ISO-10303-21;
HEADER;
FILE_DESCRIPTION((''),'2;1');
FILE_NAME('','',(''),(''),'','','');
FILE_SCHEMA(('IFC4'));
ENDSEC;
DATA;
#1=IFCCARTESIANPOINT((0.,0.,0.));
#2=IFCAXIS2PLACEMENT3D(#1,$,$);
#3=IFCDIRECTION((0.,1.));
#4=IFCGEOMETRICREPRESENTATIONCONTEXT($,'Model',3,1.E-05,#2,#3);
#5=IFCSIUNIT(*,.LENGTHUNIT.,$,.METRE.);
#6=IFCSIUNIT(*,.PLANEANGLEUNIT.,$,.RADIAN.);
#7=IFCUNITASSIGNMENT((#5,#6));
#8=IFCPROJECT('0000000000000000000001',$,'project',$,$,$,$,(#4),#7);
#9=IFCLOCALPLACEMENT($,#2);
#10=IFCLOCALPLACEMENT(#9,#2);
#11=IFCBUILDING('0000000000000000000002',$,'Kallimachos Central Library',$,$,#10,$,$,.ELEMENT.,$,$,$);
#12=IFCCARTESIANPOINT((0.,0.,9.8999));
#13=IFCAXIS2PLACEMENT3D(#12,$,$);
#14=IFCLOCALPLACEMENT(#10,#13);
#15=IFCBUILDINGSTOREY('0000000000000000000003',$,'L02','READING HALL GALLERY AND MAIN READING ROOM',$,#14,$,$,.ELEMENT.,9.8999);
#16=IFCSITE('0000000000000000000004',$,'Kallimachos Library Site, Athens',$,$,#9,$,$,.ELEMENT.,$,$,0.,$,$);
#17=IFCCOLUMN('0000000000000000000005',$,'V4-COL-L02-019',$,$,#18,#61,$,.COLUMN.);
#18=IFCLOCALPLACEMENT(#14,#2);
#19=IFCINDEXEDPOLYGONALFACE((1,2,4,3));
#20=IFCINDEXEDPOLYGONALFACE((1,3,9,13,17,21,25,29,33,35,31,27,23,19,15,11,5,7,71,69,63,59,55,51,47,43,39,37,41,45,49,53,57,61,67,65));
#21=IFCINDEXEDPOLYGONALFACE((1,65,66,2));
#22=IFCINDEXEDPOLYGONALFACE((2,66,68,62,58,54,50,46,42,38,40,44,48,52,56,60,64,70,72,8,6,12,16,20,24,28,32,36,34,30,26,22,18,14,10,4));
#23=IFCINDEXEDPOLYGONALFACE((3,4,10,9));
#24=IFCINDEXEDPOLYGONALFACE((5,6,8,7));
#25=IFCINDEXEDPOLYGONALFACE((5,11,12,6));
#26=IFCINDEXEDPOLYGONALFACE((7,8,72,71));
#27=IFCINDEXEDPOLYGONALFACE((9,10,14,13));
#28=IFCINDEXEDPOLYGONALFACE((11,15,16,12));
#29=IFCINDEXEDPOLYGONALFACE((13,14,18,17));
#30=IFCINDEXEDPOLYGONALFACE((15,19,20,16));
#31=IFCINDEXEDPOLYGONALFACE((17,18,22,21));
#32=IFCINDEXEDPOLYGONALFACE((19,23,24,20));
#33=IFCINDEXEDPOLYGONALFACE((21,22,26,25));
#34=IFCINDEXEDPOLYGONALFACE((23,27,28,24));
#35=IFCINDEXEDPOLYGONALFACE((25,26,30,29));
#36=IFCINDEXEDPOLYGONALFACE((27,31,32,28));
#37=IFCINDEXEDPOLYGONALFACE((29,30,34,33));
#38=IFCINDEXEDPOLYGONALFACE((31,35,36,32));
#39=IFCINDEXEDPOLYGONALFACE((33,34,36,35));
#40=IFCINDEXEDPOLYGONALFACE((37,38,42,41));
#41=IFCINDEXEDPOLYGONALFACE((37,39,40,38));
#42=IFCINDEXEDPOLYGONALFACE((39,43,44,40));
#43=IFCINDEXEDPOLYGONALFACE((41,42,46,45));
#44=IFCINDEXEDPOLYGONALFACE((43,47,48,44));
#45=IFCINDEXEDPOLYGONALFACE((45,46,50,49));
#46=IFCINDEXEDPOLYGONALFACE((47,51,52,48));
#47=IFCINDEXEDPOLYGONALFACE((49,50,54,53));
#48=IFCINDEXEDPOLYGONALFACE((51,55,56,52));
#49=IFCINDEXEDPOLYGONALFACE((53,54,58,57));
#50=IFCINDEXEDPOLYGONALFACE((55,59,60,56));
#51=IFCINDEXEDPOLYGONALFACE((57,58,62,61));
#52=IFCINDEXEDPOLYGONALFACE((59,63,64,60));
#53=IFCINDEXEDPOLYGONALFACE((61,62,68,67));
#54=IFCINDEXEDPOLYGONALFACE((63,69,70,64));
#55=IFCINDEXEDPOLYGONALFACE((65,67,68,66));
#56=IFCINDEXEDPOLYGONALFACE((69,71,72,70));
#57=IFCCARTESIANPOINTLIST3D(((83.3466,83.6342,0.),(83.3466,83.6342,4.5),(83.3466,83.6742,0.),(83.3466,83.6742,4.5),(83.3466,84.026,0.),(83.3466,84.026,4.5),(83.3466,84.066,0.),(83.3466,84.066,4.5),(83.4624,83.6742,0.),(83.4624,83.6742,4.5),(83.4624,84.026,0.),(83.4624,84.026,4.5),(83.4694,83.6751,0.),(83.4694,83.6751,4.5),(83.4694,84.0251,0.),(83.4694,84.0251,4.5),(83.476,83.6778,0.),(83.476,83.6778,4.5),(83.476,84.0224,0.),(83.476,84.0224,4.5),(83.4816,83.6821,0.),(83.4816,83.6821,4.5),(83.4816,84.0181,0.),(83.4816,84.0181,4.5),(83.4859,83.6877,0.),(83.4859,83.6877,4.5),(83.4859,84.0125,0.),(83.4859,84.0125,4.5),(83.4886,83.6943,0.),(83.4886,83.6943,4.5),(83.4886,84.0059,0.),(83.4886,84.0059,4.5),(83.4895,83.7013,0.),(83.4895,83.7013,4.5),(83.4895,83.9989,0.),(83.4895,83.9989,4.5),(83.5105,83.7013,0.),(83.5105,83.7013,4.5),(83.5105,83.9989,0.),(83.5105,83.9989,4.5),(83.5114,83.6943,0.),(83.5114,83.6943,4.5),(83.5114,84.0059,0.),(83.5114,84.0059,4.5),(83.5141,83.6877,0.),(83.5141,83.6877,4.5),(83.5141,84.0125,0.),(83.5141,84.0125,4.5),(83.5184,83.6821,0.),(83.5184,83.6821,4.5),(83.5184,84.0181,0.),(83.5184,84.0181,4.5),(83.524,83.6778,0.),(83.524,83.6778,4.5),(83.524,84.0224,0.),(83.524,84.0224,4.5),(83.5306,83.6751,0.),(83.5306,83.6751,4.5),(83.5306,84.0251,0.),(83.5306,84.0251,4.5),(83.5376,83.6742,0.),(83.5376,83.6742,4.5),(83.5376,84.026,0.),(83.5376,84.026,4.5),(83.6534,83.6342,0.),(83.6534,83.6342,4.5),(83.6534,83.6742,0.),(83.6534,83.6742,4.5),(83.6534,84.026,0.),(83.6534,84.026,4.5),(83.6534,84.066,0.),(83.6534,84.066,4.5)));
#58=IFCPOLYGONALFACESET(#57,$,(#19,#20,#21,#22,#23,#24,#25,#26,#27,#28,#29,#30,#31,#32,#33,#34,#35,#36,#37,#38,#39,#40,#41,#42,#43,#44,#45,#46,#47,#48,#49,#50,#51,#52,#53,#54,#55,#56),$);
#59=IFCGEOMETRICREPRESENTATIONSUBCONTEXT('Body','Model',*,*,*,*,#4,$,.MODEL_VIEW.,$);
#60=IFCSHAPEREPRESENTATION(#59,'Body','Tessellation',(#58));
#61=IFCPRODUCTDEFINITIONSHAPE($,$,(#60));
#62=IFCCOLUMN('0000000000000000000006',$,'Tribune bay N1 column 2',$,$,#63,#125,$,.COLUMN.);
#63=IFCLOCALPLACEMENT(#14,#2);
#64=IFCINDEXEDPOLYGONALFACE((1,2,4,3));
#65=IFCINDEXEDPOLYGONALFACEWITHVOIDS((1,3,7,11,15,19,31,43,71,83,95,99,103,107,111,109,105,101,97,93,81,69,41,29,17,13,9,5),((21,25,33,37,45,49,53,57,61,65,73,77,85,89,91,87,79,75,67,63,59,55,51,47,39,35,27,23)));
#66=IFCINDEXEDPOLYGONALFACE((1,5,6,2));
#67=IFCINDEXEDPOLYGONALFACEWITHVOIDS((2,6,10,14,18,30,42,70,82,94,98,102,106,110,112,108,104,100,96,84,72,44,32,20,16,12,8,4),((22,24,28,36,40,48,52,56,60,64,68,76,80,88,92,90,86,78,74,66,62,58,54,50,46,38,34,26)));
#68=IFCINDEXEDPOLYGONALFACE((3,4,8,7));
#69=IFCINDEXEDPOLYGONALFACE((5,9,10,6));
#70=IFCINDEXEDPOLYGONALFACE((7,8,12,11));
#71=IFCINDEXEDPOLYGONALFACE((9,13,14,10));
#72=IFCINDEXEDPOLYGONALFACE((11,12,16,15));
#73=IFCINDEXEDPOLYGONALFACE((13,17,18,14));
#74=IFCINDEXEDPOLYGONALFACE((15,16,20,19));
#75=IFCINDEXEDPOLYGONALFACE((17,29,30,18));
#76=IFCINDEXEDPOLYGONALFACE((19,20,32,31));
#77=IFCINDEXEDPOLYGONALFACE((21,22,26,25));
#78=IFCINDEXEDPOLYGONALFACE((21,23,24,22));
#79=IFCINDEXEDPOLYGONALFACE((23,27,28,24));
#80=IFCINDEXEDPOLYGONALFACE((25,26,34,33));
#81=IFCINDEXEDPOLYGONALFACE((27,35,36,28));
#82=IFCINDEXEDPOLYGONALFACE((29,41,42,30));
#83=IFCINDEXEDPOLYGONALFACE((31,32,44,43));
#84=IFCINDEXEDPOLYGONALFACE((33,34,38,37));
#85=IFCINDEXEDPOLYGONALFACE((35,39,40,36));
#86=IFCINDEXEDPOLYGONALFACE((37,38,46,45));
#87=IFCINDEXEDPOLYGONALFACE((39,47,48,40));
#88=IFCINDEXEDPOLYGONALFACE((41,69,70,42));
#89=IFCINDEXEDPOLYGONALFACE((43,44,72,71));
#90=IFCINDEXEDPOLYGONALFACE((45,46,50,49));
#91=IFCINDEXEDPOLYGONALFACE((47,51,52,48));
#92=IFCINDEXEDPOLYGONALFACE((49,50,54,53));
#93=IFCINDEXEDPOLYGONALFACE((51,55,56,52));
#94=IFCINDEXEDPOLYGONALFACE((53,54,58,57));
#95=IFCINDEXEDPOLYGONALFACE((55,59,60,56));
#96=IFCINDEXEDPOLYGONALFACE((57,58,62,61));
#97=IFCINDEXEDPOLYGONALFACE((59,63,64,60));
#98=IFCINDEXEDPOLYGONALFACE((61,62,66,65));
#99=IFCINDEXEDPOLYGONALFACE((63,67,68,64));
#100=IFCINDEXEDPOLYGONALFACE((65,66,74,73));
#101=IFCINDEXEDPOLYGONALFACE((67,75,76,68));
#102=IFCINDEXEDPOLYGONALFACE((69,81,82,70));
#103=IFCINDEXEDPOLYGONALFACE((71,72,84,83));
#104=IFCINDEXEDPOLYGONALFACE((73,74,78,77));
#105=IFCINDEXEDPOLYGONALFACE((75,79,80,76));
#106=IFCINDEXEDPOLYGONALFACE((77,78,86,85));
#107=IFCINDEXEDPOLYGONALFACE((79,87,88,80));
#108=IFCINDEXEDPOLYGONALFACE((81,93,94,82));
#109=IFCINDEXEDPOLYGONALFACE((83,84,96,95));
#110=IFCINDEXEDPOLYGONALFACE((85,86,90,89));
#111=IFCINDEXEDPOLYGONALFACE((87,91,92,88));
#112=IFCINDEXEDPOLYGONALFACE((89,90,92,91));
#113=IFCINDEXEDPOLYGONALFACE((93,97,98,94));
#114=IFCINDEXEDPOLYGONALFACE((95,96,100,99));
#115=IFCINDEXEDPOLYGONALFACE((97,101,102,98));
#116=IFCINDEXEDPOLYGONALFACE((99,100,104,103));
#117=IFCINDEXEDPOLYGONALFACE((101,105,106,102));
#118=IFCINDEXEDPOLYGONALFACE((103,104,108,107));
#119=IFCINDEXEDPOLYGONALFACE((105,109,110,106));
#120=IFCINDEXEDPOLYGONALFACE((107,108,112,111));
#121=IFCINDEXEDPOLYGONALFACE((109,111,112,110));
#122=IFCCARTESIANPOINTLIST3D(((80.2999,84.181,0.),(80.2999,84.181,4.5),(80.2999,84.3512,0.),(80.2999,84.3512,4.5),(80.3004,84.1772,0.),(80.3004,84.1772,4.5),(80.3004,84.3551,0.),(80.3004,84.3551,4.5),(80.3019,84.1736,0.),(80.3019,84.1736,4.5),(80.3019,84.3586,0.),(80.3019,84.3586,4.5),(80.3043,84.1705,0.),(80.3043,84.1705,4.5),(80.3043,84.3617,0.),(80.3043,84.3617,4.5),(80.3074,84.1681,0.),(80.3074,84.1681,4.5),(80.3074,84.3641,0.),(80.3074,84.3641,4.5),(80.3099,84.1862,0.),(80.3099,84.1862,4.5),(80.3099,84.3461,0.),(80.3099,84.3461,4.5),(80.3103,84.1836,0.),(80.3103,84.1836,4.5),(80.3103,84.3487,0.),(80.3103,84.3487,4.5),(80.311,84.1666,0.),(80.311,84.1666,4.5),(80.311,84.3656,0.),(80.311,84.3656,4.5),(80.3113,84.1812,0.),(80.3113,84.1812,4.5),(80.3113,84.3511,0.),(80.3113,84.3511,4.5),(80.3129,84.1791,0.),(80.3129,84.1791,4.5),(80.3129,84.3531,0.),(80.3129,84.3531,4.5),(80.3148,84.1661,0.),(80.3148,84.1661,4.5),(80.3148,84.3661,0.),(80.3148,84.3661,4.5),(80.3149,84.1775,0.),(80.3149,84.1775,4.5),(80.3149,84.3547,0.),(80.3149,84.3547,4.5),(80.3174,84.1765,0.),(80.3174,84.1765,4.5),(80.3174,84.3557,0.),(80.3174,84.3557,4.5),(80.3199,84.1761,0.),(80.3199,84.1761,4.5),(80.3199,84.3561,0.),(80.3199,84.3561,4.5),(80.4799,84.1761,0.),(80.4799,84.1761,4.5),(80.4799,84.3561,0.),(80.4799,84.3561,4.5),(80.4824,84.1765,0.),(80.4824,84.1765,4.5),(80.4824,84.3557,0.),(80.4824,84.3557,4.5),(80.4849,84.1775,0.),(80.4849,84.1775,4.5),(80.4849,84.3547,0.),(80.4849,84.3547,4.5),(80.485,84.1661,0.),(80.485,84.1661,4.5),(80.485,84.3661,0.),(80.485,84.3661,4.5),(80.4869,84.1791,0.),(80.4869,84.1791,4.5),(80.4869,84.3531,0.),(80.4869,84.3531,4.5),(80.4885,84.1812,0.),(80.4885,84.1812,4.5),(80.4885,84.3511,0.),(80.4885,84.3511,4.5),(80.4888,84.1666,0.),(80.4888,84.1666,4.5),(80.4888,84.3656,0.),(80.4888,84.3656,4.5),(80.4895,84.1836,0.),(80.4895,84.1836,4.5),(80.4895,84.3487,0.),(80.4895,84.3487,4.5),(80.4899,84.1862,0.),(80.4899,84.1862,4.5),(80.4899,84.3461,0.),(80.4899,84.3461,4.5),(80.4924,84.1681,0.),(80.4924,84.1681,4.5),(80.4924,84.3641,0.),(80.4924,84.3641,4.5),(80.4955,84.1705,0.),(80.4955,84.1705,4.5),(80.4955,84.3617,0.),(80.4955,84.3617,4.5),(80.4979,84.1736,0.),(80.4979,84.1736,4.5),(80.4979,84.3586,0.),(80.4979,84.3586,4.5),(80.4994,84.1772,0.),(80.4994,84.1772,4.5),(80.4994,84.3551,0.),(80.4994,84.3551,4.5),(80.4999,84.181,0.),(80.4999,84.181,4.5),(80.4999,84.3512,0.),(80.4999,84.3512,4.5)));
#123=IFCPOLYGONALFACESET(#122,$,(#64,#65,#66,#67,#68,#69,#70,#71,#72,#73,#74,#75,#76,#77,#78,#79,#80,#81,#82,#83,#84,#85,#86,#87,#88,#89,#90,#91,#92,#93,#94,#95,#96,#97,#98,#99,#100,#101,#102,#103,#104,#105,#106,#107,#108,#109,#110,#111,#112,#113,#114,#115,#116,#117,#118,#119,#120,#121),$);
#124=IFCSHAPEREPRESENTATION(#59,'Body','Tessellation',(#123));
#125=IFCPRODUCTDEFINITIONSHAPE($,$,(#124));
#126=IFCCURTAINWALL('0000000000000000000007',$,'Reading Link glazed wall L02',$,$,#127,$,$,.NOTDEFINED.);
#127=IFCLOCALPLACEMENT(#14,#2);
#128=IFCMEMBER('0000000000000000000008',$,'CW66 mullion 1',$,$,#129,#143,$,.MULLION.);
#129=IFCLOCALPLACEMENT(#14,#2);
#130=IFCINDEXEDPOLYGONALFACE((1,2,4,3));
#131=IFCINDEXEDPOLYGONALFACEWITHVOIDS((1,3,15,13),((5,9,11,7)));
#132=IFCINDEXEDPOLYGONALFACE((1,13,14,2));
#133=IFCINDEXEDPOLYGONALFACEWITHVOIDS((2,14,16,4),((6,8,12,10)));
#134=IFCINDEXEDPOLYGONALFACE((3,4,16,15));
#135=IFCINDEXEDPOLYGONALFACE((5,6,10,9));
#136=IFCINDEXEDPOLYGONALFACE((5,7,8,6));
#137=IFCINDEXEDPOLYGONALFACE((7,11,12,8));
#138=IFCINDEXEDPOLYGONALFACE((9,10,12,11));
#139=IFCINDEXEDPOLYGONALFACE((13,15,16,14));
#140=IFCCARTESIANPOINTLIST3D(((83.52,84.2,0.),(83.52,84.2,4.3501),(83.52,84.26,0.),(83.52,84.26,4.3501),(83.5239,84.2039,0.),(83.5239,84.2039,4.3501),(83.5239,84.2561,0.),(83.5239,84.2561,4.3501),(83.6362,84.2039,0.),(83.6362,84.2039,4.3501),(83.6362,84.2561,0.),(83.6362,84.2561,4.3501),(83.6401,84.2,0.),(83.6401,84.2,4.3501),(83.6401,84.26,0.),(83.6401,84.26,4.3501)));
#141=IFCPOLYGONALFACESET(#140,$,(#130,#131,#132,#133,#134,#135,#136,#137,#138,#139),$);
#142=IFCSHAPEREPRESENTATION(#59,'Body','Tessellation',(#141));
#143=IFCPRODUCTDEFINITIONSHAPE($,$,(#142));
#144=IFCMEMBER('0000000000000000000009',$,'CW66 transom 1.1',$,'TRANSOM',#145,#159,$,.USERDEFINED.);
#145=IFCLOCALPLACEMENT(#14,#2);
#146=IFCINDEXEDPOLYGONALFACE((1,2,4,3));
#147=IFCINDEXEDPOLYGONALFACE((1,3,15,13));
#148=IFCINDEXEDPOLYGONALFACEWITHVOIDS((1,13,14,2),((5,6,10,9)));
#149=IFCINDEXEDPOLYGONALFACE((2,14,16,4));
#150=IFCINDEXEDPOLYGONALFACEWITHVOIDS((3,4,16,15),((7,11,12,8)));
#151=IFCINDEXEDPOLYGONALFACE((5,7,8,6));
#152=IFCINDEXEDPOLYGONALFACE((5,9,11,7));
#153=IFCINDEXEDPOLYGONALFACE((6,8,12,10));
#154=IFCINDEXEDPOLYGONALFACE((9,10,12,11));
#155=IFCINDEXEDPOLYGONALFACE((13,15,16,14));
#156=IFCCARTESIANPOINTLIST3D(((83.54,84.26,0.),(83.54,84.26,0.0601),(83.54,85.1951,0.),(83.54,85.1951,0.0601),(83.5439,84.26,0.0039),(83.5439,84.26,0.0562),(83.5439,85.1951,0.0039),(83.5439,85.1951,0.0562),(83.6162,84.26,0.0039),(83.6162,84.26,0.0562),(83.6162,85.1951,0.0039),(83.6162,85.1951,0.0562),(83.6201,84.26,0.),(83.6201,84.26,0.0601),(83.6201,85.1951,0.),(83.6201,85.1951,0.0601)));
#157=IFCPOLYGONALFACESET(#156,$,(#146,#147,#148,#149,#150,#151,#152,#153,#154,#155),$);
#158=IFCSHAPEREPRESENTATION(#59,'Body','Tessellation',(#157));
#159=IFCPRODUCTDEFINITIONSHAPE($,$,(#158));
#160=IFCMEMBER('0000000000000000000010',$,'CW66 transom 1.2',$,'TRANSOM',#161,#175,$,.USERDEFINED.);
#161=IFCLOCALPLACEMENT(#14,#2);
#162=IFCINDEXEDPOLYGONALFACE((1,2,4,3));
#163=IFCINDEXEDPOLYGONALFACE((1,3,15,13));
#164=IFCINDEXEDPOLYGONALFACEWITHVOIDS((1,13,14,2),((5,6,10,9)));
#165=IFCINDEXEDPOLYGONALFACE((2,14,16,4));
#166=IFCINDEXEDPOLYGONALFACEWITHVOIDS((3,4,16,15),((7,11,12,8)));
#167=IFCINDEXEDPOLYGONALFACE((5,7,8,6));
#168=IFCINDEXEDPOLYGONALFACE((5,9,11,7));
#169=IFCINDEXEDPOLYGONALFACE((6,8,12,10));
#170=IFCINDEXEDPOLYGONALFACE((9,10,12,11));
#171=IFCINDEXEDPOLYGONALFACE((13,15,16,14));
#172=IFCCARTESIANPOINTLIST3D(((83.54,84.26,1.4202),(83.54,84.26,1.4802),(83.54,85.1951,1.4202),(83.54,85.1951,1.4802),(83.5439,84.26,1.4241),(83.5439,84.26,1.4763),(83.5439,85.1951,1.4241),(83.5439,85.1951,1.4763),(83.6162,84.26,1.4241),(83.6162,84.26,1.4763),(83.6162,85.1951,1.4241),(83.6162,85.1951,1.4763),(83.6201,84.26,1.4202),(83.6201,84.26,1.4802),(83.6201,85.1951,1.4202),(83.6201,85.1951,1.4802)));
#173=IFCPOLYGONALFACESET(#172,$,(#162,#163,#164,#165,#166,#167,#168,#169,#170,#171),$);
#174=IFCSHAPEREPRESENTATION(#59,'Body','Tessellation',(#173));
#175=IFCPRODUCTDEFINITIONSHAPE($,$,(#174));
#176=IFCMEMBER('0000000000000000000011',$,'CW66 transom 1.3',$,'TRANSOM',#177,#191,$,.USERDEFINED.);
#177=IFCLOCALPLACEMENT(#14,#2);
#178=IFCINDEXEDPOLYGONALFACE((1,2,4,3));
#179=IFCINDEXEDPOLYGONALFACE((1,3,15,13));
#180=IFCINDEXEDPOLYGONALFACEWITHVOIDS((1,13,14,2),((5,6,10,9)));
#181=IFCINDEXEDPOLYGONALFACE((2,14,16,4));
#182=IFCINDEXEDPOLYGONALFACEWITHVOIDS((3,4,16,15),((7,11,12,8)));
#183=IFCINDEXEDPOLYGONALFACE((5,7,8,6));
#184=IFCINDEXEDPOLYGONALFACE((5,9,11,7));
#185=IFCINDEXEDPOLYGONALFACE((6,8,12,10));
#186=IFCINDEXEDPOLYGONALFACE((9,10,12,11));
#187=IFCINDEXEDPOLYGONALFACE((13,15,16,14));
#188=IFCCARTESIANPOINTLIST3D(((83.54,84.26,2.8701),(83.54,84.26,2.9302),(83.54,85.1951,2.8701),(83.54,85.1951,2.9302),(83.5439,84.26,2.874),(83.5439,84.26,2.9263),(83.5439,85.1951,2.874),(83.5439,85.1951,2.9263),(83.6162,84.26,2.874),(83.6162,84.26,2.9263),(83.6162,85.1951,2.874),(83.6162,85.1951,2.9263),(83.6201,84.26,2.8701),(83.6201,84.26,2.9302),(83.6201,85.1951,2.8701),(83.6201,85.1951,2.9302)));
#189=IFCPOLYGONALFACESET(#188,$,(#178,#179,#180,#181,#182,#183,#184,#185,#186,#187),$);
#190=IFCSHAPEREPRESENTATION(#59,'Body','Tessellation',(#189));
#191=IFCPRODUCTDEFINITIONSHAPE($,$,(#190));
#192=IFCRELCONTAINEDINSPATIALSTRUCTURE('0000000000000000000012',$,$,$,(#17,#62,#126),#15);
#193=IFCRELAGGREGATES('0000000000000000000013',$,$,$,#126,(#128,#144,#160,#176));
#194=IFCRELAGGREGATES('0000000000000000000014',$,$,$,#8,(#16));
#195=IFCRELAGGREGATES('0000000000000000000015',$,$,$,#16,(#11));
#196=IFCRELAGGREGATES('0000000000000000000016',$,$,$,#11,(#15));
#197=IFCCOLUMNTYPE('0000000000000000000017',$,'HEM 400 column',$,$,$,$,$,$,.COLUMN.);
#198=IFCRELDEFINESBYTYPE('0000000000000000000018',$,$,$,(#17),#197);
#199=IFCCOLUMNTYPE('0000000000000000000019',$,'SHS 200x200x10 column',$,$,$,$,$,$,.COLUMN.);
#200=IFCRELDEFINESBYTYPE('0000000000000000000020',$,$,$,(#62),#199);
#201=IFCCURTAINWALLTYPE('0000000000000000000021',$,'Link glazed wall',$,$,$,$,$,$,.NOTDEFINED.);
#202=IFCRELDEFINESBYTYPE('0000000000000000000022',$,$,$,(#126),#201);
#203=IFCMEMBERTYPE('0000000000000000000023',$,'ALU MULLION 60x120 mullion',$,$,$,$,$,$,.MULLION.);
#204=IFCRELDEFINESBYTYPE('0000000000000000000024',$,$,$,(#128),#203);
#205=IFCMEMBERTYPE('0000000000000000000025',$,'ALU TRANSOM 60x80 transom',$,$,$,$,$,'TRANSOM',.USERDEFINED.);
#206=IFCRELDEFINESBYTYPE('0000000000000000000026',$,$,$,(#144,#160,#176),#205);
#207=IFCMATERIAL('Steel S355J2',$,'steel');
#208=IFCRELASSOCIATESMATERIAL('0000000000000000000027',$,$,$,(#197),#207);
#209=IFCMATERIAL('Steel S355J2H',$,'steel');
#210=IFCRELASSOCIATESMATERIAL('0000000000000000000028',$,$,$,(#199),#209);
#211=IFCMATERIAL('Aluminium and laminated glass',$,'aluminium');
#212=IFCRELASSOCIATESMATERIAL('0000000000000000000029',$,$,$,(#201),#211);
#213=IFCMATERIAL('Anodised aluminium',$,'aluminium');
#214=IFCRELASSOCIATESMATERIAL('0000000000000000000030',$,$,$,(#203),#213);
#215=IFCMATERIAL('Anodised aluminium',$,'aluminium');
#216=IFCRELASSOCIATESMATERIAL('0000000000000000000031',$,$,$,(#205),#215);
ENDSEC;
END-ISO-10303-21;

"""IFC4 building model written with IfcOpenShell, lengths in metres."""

from ifc_helpers import new_model, si_unit, direction, frame, origin, origin_2d, place, context, subcontext, project, spatial, hollow_rectangle, i_section, extrude, material, material_profile, profile_set, type_object, element, aggregate, save


model = new_model("IFC4")

# Units and contexts
model_context = context("Model", 3, precision=1e-05, world=origin(), true_north=direction((0.0, 1.0)))
body_context = subcontext(model_context, "Body", "Model", "MODEL_VIEW")
ifc_project = project(units=[si_unit("LENGTHUNIT", "METRE"), si_unit("PLANEANGLEUNIT", "RADIAN")], contexts=[model_context])

# Site, building, storey
site_placement = place(None, origin())
site = spatial("IfcSite", under=ifc_project, at=site_placement, Name="Kallimachos Library Site, Athens", CompositionType="ELEMENT", RefElevation=0.0)
building_placement = place(site_placement, origin())
building = spatial("IfcBuilding", under=site, at=building_placement, Name="Kallimachos Central Library", CompositionType="ELEMENT")
storey_placement = place(building_placement, frame((0.0, 0.0, 9.8999)))
storey = spatial("IfcBuildingStorey", under=building, at=storey_placement, Name="L02", Description="READING HALL GALLERY AND MAIN READING ROOM", CompositionType="ELEMENT", Elevation=9.8999)

# Columns
ifc_material_1 = material(Name="Steel S355J2", Category="steel")
ifc_material_profile_1 = material_profile(ifc_material_1, i_section(OverallWidth=0.3069, OverallDepth=0.4319, WebThickness=0.021, FlangeThickness=0.04, FilletRadius=0.0271, at=origin_2d()), Name="HEM 400")
ifc_profile_set_1 = profile_set([ifc_material_profile_1], Name="Steel S355J2")
column_type_1 = type_object("IfcColumnType", Name="HEM 400 column", PredefinedType="COLUMN", material=ifc_profile_set_1)
column_1_placement = place(storey_placement, frame((83.5, 83.8501, 0.0), z_axis=(0.0, 0.0, 1.0), x_axis=(1.0, 0.0, 0.0)))
element("IfcColumn", 1, at=column_1_placement, inside=storey, type_object=column_type_1, Name="V4-COL-L02-019", PredefinedType="COLUMN", context=body_context, shape_type="SweptSolid", body=[
    extrude(i_section(OverallWidth=0.3069, OverallDepth=0.4319, WebThickness=0.021, FlangeThickness=0.04, FilletRadius=0.0271, at=origin_2d()), origin(), (0.0, 0.0, 1.0), 4.5),
])
ifc_material_2 = material(Name="Steel S355J2H", Category="steel")
ifc_material_profile_2 = material_profile(ifc_material_2, hollow_rectangle(XDim=0.2, YDim=0.2, WallThickness=0.01, InnerFilletRadius=0.01, OuterFilletRadius=0.0149, at=origin_2d()), Name="SHS 200x200x10")
ifc_profile_set_2 = profile_set([ifc_material_profile_2], Name="Steel S355J2H")
column_type_2 = type_object("IfcColumnType", Name="SHS 200x200x10 column", PredefinedType="COLUMN", material=ifc_profile_set_2)
column_2_placement = place(storey_placement, frame((80.3999, 84.2661, 0.0), z_axis=(0.0, 0.0, 1.0), x_axis=(1.0, 0.0, 0.0)))
element("IfcColumn", 2, at=column_2_placement, inside=storey, type_object=column_type_2, Name="Tribune bay N1 column 2", PredefinedType="COLUMN", context=body_context, shape_type="SweptSolid", body=[
    extrude(hollow_rectangle(XDim=0.2, YDim=0.2, WallThickness=0.01, InnerFilletRadius=0.01, OuterFilletRadius=0.0149, at=origin_2d()), origin(), (0.0, 0.0, 1.0), 4.5),
])

# Curtain wall, members
ifc_material_3 = material(Name="Aluminium and laminated glass", Category="aluminium")
curtain_wall_type_1 = type_object("IfcCurtainWallType", Name="Link glazed wall", PredefinedType="NOTDEFINED", material=ifc_material_3)
curtain_wall_1_placement = place(storey_placement, origin())
curtain_wall_1 = element("IfcCurtainWall", 3, at=curtain_wall_1_placement, inside=storey, type_object=curtain_wall_type_1, Name="Reading Link glazed wall L02", PredefinedType="NOTDEFINED")
ifc_material_4 = material(Name="Anodised aluminium", Category="aluminium")
ifc_material_profile_3 = material_profile(ifc_material_4, hollow_rectangle(XDim=0.0601, YDim=0.1201, WallThickness=0.0039, at=origin_2d()), Name="ALU MULLION 60x120")
ifc_profile_set_3 = profile_set([ifc_material_profile_3], Name="Anodised aluminium")
member_type_1 = type_object("IfcMemberType", Name="ALU MULLION 60x120 mullion", PredefinedType="MULLION", material=ifc_profile_set_3)
member_1_placement = place(storey_placement, frame((83.5801, 84.23, 0.0), z_axis=(0.0, 0.0, 1.0), x_axis=(0.0, 1.0, 0.0)))
member_1 = element("IfcMember", 4, at=member_1_placement, type_object=member_type_1, Name="CW66 mullion 1", PredefinedType="MULLION", context=body_context, shape_type="SweptSolid", body=[
    extrude(hollow_rectangle(XDim=0.0601, YDim=0.1201, WallThickness=0.0039, at=origin_2d()), origin(), (0.0, 0.0, 1.0), 4.3501),
])
ifc_material_5 = material(Name="Anodised aluminium", Category="aluminium")
ifc_material_profile_4 = material_profile(ifc_material_5, hollow_rectangle(XDim=0.0601, YDim=0.0801, WallThickness=0.0039, at=origin_2d()), Name="ALU TRANSOM 60x80")
ifc_profile_set_4 = profile_set([ifc_material_profile_4], Name="Anodised aluminium")
member_type_2 = type_object("IfcMemberType", Name="ALU TRANSOM 60x80 transom", ElementType="TRANSOM", PredefinedType="USERDEFINED", material=ifc_profile_set_4)
member_2_placement = place(storey_placement, frame((83.5801, 84.26, 0.03), z_axis=(0.0, 1.0, 0.0), x_axis=(0.0, 0.0, 1.0)))
member_2 = element("IfcMember", 5, at=member_2_placement, type_object=member_type_2, Name="CW66 transom 1.1", ObjectType="TRANSOM", PredefinedType="USERDEFINED", context=body_context, shape_type="SweptSolid", body=[
    extrude(hollow_rectangle(XDim=0.0601, YDim=0.0801, WallThickness=0.0039, at=origin_2d()), origin(), (0.0, 0.0, 1.0), 0.9351),
])
member_3_placement = place(storey_placement, frame((83.5801, 84.26, 1.4502), z_axis=(0.0, 1.0, 0.0), x_axis=(0.0, 0.0, 1.0)))
member_3 = element("IfcMember", 6, at=member_3_placement, type_object=member_type_2, Name="CW66 transom 1.2", ObjectType="TRANSOM", PredefinedType="USERDEFINED", context=body_context, shape_type="SweptSolid", body=[
    extrude(hollow_rectangle(XDim=0.0601, YDim=0.0801, WallThickness=0.0039, at=origin_2d()), origin(), (0.0, 0.0, 1.0), 0.9351),
])
member_4_placement = place(storey_placement, frame((83.5801, 84.26, 2.9001), z_axis=(0.0, 1.0, 0.0), x_axis=(0.0, 0.0, 1.0)))
member_4 = element("IfcMember", 7, at=member_4_placement, type_object=member_type_2, Name="CW66 transom 1.3", ObjectType="TRANSOM", PredefinedType="USERDEFINED", context=body_context, shape_type="SweptSolid", body=[
    extrude(hollow_rectangle(XDim=0.0601, YDim=0.0801, WallThickness=0.0039, at=origin_2d()), origin(), (0.0, 0.0, 1.0), 0.9351),
])
aggregate(curtain_wall_1, [member_1, member_2, member_3, member_4])

save(model, "model.ifc")
